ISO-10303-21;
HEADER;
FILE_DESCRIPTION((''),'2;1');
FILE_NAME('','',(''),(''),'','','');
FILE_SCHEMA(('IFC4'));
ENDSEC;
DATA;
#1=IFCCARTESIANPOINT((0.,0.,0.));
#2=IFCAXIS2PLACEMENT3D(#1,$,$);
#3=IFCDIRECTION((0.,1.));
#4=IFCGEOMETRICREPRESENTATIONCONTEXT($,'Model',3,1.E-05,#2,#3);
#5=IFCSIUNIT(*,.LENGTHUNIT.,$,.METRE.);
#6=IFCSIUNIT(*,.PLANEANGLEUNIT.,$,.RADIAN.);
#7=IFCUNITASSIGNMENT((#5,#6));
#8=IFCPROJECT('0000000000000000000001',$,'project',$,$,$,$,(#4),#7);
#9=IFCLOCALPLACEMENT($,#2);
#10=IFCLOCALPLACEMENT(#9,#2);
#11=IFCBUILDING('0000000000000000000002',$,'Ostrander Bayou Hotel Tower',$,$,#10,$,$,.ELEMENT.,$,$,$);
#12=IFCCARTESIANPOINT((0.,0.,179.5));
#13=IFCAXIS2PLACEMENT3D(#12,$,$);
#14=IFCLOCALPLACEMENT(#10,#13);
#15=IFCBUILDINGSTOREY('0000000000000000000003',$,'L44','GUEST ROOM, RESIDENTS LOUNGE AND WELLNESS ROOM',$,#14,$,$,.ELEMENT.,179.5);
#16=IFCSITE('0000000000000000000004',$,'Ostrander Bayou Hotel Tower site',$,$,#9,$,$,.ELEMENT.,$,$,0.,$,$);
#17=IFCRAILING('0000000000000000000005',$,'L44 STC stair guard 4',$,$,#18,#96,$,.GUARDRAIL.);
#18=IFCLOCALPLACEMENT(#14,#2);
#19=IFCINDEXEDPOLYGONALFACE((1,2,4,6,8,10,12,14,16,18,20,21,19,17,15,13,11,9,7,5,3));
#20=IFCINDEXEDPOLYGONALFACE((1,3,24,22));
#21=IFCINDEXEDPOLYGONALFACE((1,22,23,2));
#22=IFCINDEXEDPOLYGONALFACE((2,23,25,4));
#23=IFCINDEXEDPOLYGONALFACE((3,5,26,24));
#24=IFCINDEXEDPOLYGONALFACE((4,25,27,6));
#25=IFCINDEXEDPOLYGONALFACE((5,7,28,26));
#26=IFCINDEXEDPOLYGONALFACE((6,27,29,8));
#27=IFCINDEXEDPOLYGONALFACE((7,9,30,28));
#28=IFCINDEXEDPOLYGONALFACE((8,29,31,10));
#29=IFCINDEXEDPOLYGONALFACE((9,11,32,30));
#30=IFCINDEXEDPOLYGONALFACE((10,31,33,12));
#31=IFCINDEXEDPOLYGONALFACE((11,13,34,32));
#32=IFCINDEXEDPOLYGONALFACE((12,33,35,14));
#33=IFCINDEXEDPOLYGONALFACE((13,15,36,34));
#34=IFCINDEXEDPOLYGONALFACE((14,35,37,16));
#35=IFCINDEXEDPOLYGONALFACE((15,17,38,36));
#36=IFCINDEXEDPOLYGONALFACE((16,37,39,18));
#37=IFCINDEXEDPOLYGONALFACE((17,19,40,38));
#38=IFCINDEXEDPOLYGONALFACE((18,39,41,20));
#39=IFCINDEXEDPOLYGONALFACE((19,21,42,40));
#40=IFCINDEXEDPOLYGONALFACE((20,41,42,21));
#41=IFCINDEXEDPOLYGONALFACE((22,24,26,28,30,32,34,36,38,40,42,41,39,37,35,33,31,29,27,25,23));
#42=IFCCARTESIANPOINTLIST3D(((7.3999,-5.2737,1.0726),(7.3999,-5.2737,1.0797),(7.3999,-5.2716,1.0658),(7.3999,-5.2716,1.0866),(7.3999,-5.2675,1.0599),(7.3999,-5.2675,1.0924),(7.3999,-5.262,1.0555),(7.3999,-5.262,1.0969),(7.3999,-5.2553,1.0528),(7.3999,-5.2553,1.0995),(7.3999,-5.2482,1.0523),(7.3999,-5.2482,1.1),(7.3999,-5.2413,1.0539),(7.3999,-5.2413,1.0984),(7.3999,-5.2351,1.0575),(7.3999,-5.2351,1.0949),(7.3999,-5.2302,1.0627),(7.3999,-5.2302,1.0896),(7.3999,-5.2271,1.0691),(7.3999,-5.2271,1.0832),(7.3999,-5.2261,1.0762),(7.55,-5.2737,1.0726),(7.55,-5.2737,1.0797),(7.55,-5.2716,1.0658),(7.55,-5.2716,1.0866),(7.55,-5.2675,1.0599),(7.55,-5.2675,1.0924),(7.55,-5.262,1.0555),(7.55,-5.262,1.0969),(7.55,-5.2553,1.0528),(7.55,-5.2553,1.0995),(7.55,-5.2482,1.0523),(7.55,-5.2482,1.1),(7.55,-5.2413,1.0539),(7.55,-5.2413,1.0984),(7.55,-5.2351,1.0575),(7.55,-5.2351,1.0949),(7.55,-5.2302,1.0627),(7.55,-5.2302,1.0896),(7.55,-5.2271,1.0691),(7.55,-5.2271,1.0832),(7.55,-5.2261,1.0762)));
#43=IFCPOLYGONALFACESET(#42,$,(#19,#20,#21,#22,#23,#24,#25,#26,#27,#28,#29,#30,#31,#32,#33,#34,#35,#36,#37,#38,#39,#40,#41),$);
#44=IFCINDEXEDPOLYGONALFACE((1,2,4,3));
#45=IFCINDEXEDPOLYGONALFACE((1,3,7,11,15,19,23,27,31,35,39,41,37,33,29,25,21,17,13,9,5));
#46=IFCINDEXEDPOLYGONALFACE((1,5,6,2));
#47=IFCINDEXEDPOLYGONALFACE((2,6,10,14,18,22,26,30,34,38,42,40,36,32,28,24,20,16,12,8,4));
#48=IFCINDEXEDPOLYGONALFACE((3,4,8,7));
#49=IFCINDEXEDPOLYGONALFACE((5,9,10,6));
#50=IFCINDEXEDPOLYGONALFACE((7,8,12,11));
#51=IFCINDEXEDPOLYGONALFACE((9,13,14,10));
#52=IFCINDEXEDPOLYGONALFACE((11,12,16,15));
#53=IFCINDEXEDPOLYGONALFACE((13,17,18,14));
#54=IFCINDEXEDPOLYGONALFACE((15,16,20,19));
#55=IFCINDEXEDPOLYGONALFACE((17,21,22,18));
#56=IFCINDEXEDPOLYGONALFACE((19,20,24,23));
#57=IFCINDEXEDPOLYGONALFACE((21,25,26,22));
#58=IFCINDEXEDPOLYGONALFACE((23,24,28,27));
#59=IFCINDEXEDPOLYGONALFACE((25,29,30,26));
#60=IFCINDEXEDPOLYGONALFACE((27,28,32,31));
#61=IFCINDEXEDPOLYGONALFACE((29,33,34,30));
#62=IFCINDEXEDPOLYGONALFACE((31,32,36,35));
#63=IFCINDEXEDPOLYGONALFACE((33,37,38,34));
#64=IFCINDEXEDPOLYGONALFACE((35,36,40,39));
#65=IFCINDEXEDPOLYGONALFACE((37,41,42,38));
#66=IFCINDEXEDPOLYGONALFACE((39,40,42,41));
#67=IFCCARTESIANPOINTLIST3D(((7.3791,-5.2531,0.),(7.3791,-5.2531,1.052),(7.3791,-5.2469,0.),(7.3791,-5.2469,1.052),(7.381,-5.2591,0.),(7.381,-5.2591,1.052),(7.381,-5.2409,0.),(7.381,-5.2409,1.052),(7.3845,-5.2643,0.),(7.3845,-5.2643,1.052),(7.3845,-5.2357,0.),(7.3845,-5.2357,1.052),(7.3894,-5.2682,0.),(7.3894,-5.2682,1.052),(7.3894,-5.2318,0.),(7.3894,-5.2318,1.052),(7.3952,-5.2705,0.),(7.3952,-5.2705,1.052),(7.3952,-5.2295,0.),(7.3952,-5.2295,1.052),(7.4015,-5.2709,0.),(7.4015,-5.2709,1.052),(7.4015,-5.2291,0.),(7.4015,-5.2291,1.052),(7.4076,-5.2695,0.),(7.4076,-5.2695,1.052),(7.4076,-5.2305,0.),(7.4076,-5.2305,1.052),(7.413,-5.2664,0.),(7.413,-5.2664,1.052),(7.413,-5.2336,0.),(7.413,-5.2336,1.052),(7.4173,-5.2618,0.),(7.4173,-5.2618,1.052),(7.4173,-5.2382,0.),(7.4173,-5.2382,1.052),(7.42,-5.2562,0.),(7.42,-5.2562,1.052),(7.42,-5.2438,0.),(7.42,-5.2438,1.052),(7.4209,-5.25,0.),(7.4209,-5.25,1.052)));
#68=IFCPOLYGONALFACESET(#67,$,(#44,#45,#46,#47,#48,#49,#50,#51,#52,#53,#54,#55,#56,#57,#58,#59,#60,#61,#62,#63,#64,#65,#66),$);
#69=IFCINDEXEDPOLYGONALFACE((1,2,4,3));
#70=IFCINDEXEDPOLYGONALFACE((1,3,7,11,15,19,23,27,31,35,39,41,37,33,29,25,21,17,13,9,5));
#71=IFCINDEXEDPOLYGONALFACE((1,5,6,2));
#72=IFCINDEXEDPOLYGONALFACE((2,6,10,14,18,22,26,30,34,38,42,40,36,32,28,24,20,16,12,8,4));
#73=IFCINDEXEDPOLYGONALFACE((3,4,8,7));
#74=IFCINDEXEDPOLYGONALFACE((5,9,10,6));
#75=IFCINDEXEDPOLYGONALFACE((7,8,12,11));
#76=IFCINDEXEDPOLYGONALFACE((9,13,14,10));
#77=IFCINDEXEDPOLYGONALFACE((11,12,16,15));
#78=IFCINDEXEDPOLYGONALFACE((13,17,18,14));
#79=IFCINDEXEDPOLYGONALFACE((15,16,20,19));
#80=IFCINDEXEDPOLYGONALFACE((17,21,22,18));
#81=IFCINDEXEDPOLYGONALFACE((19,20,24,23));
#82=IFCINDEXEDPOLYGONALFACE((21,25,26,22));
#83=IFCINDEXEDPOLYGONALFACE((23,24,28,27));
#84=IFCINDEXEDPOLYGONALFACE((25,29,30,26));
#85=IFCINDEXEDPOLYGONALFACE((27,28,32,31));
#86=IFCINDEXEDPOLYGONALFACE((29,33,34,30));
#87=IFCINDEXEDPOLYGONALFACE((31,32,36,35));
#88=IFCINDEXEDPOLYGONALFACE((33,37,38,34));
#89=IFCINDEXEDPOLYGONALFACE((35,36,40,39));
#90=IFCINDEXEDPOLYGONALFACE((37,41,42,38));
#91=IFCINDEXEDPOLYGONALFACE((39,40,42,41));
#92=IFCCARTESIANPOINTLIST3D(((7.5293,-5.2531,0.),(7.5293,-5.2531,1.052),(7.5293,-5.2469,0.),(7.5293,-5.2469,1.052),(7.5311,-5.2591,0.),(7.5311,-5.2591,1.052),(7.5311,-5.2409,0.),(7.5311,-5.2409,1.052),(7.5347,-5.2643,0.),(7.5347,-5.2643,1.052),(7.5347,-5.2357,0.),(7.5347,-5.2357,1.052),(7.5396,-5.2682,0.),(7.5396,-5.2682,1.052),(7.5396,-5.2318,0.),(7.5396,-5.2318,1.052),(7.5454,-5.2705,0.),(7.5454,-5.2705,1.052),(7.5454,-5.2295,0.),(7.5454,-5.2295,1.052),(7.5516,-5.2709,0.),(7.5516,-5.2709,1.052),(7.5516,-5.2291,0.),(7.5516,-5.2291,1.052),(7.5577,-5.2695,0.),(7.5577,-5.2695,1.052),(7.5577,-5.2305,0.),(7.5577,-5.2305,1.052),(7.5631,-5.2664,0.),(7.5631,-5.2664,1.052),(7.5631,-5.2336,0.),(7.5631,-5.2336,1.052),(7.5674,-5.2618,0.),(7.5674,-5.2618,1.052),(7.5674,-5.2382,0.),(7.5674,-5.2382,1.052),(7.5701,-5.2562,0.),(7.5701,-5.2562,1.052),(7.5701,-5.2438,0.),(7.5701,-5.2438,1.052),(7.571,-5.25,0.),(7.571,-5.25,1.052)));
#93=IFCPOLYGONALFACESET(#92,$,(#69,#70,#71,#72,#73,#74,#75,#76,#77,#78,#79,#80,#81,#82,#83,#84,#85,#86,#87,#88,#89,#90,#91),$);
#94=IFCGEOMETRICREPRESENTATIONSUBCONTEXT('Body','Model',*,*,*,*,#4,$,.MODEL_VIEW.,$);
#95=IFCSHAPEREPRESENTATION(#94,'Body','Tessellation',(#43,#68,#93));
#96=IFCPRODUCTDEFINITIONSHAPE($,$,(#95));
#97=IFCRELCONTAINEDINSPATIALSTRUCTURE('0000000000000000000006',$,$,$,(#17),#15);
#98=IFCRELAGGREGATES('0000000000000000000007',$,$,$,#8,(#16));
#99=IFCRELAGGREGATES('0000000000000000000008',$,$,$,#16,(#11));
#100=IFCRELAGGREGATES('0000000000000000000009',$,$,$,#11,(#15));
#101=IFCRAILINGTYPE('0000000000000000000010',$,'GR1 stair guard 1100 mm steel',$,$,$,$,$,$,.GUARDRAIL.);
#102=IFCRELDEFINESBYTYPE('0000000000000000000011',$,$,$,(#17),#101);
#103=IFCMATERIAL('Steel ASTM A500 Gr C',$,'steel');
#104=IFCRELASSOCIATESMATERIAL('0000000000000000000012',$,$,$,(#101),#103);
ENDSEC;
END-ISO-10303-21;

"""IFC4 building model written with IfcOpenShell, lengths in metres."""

from ifc_helpers import new_model, si_unit, direction, frame, origin, origin_2d, place, context, subcontext, project, spatial, circle, extrude, material, type_object, element, save


model = new_model("IFC4")

# Units and contexts
model_context = context("Model", 3, precision=1e-05, world=origin(), true_north=direction((0.0, 1.0)))
body_context = subcontext(model_context, "Body", "Model", "MODEL_VIEW")
ifc_project = project(units=[si_unit("LENGTHUNIT", "METRE"), si_unit("PLANEANGLEUNIT", "RADIAN")], contexts=[model_context])

# Site, building, storey
site_placement = place(None, origin())
site = spatial("IfcSite", under=ifc_project, at=site_placement, Name="Ostrander Bayou Hotel Tower site", CompositionType="ELEMENT", RefElevation=0.0)
building_placement = place(site_placement, origin())
building = spatial("IfcBuilding", under=site, at=building_placement, Name="Ostrander Bayou Hotel Tower", CompositionType="ELEMENT")
storey_placement = place(building_placement, frame((0.0, 0.0, 179.5)))
storey = spatial("IfcBuildingStorey", under=building, at=storey_placement, Name="L44", Description="GUEST ROOM, RESIDENTS LOUNGE AND WELLNESS ROOM", CompositionType="ELEMENT", Elevation=179.5)

# Railing
ifc_material_1 = material(Name="Steel ASTM A500 Gr C", Category="steel")
railing_type_1 = type_object("IfcRailingType", Name="GR1 stair guard 1100 mm steel", PredefinedType="GUARDRAIL", material=ifc_material_1)
railing_1_placement = place(storey_placement, frame((7.3999, -5.25, 0.0)))
element("IfcRailing", 1, at=railing_1_placement, inside=storey, type_object=railing_type_1, Name="L44 STC stair guard 4", PredefinedType="GUARDRAIL", context=body_context, shape_type="SweptSolid", body=[
    extrude(circle(Radius=0.0239, at=origin_2d()), frame((0.0, 0.0, 1.0762), z_axis=(1.0, 0.0, 0.0), x_axis=(0.0, 1.0, 0.0)), (0.0, 0.0, 1.0), 0.1501),
    extrude(circle(Radius=0.021, at=origin_2d()), origin(), (0.0, 0.0, 1.0), 1.052),
    extrude(circle(Radius=0.021, at=origin_2d()), frame((0.1501, 0.0, 0.0)), (0.0, 0.0, 1.0), 1.052),
])

save(model, "model.ifc")
